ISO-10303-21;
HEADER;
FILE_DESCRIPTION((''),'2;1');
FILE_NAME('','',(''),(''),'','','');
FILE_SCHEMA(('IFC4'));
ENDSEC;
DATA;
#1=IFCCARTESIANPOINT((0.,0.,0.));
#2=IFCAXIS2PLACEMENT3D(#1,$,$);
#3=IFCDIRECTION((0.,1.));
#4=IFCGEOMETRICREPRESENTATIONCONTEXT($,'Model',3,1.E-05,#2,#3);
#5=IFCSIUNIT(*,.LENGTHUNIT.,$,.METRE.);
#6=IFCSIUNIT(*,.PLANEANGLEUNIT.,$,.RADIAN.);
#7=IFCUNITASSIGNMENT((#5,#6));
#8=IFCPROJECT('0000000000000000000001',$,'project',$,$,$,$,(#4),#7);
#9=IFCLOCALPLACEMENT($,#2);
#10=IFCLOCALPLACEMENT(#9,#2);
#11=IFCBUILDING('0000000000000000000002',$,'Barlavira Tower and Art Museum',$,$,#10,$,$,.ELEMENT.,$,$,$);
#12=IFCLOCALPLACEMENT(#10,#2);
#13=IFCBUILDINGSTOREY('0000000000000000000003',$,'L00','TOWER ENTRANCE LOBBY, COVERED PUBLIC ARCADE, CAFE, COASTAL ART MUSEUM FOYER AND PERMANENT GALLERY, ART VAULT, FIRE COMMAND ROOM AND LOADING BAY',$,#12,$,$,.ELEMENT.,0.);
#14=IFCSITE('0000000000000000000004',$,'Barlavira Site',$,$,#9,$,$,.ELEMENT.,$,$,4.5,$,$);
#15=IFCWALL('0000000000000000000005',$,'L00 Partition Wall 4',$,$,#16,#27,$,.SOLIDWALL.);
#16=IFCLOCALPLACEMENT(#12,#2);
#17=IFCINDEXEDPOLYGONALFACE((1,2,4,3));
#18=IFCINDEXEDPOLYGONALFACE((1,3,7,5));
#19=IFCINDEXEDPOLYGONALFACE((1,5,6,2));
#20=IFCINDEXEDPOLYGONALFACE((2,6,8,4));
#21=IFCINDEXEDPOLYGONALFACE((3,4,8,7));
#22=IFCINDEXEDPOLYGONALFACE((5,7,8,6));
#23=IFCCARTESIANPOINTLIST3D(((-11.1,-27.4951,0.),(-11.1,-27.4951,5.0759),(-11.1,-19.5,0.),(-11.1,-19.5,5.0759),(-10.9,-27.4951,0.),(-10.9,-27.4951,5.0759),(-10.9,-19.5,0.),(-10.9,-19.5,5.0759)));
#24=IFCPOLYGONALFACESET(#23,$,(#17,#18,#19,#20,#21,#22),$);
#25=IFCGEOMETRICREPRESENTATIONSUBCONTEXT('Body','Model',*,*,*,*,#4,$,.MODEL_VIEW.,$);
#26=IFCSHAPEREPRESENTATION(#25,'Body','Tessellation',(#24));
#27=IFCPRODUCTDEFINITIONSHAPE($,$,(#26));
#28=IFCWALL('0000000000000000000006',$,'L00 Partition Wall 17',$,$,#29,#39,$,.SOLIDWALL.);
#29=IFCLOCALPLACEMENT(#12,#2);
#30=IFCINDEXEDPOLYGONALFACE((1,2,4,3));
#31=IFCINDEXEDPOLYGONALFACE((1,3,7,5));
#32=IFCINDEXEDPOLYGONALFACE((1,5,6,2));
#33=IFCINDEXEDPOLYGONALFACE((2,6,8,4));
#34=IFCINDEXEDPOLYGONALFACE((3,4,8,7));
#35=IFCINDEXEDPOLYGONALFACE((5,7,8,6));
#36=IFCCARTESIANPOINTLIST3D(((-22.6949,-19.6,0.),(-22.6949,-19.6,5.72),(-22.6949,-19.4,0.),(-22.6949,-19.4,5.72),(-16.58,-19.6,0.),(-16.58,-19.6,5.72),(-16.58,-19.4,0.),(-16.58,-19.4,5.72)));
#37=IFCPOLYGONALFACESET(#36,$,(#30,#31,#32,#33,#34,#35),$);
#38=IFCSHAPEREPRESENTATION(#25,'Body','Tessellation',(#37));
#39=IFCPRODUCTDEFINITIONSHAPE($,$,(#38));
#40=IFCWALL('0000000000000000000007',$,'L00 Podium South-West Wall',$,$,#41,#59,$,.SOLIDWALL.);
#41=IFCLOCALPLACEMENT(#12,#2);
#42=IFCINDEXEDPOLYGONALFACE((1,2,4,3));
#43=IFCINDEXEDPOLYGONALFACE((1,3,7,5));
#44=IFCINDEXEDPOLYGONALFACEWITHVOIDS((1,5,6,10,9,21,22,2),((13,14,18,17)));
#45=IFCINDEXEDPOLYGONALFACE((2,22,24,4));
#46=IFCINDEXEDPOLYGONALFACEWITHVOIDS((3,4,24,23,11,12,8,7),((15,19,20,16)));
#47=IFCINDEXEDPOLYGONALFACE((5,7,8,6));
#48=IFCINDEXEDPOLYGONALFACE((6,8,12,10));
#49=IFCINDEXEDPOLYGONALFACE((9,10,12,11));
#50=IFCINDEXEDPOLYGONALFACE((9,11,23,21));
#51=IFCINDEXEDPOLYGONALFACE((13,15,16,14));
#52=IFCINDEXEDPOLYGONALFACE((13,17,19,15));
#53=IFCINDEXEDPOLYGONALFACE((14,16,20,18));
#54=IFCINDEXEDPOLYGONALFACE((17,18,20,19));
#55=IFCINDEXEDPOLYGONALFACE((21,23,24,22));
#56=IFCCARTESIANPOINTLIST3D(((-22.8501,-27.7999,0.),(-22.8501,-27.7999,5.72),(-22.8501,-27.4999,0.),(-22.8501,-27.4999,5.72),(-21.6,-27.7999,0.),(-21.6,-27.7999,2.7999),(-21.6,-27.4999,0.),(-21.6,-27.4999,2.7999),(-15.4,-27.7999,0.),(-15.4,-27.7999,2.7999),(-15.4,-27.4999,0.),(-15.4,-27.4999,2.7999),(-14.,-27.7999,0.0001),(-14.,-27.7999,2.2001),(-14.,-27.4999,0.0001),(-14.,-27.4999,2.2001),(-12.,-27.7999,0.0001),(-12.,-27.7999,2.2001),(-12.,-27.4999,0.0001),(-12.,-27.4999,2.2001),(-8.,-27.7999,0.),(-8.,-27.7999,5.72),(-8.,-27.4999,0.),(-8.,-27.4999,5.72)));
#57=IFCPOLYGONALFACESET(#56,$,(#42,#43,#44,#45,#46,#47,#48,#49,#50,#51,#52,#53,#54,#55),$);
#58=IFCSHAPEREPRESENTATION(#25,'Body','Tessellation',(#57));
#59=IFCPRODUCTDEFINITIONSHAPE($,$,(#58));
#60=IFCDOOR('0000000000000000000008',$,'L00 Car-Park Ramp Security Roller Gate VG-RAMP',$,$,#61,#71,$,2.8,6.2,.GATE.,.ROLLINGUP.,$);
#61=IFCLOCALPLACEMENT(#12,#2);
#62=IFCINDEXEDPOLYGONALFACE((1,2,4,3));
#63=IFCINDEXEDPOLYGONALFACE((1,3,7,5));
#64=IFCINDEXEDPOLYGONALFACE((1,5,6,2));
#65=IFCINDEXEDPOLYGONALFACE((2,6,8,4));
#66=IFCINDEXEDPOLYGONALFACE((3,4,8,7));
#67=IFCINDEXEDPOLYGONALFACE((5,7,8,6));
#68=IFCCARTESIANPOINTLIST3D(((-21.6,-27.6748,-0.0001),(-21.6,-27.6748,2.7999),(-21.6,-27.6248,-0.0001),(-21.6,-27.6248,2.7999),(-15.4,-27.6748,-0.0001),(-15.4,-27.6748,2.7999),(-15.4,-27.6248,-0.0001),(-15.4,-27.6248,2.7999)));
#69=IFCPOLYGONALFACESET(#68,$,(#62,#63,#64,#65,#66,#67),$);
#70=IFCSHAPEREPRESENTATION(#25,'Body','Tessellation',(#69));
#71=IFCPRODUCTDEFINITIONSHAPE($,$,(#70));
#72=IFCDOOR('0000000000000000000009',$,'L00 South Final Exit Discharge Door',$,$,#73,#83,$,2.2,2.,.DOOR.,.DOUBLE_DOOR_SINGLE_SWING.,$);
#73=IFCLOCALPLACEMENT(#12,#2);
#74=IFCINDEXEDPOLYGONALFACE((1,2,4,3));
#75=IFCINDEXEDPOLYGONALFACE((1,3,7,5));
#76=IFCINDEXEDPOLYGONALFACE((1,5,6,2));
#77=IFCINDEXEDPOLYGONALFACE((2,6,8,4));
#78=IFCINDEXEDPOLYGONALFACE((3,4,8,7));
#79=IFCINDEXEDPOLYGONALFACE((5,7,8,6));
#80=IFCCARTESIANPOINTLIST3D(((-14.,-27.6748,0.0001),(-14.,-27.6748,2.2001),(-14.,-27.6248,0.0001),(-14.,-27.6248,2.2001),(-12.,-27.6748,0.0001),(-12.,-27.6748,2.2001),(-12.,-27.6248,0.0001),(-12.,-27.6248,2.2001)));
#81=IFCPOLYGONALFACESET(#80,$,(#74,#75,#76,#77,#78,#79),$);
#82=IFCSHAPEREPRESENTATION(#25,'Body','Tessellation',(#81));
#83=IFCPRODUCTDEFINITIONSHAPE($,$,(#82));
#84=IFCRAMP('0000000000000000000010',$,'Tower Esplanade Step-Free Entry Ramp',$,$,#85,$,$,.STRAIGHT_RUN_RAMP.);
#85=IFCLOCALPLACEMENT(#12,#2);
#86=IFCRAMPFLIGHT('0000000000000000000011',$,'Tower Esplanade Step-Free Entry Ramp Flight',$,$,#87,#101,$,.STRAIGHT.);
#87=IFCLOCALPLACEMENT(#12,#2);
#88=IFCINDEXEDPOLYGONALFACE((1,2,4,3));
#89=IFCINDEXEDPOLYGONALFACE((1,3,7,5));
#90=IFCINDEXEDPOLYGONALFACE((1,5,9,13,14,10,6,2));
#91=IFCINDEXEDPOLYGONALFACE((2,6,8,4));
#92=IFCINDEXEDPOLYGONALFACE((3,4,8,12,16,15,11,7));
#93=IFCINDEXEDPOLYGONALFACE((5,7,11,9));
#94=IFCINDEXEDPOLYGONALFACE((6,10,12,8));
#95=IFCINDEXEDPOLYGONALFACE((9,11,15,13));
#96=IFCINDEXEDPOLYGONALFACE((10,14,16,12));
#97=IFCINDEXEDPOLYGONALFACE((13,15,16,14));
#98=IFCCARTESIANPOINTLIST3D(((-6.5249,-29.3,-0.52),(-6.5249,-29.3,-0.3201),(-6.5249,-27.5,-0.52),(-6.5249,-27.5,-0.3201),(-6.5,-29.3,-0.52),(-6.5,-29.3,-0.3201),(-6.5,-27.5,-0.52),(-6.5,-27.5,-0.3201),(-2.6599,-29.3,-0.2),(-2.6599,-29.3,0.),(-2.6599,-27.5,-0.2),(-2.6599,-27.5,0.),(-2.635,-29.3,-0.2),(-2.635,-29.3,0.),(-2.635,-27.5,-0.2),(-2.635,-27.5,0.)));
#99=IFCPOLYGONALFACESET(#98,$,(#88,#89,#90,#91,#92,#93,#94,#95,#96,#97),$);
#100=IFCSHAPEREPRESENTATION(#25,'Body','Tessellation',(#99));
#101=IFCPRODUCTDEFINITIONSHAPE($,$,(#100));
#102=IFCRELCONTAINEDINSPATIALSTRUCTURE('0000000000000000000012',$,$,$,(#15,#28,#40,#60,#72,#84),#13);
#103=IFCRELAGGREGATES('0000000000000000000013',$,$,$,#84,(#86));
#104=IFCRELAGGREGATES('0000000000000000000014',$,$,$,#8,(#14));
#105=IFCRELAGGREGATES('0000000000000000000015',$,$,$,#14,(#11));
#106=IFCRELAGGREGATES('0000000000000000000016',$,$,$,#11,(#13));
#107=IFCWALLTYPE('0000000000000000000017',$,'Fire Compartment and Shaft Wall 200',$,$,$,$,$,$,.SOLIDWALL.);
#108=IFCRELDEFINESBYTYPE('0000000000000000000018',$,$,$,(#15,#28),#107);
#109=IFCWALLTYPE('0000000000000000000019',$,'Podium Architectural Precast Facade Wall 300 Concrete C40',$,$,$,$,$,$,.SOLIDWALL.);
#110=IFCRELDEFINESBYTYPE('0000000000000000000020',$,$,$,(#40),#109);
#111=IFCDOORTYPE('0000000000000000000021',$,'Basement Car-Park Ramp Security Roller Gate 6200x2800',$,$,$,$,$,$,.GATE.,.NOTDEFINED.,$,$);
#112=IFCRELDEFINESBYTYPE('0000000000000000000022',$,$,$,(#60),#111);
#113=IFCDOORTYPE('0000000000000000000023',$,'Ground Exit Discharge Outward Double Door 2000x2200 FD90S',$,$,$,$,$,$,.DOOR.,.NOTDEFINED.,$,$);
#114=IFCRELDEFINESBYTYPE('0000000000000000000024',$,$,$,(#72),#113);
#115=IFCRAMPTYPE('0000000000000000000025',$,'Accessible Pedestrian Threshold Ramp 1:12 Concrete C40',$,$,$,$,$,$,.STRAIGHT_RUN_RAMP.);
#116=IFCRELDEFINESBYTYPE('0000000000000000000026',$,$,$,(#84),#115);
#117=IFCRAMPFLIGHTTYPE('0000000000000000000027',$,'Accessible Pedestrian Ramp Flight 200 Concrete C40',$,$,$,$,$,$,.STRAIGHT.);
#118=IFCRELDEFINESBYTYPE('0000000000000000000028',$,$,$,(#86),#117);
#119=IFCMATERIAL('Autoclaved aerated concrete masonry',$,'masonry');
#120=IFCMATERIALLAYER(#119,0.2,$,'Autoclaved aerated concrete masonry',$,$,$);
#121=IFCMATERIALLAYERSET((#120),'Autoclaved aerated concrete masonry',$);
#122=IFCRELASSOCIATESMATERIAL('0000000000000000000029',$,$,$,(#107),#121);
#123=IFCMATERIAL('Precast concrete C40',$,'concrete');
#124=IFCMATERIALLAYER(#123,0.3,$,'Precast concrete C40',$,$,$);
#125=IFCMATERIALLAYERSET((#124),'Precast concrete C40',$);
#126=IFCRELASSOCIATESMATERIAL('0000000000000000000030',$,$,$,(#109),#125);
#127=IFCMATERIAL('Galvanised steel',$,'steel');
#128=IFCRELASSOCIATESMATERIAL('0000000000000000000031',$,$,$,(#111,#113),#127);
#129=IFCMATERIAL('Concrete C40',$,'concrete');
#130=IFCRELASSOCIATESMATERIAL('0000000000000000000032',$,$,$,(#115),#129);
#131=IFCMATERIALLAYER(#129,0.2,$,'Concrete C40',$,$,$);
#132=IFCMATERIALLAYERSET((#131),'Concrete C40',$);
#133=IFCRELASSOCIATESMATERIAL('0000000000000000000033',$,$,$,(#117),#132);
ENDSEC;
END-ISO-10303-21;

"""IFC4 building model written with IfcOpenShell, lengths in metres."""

from ifc_helpers import new_model, si_unit, direction, frame, frame_2d, origin, place, context, subcontext, project, spatial, polyline, rectangle, outline, extrude, material, layer, layer_set, type_object, element, fill, aggregate, save


model = new_model("IFC4")

# Units and contexts
model_context = context("Model", 3, precision=1e-05, world=origin(), true_north=direction((0.0, 1.0)))
body_context = subcontext(model_context, "Body", "Model", "MODEL_VIEW")
ifc_project = project(units=[si_unit("LENGTHUNIT", "METRE"), si_unit("PLANEANGLEUNIT", "RADIAN")], contexts=[model_context])

# Site, building, storey
site_placement = place(None, origin())
site = spatial("IfcSite", under=ifc_project, at=site_placement, Name="Barlavira Site", CompositionType="ELEMENT", RefElevation=4.5)
building_placement = place(site_placement, origin())
building = spatial("IfcBuilding", under=site, at=building_placement, Name="Barlavira Tower and Art Museum", CompositionType="ELEMENT")
storey_placement = place(building_placement, origin())
storey = spatial("IfcBuildingStorey", under=building, at=storey_placement, Name="L00", Description="TOWER ENTRANCE LOBBY, COVERED PUBLIC ARCADE, CAFE, COASTAL ART MUSEUM FOYER AND PERMANENT GALLERY, ART VAULT, FIRE COMMAND ROOM AND LOADING BAY", CompositionType="ELEMENT", Elevation=0.0)

# Walls
ifc_material_1 = material(Name="Autoclaved aerated concrete masonry", Category="masonry")
ifc_layer_1 = layer(ifc_material_1, 0.2, Name="Autoclaved aerated concrete masonry")
ifc_layer_set_1 = layer_set([ifc_layer_1], Name="Autoclaved aerated concrete masonry")
wall_type_1 = type_object("IfcWallType", Name="Fire Compartment and Shaft Wall 200", PredefinedType="SOLIDWALL", material=ifc_layer_set_1)
for number, where, z_axis, x_axis, name in (
    (1, (-11.0, -27.4951, 0.0), (0.0, 0.0, 1.0), (0.0, 1.0, 0.0), "L00 Partition Wall 4"),
):
    element("IfcWall", number, at=place(storey_placement, frame(where, z_axis=z_axis, x_axis=x_axis)), inside=storey, type_object=wall_type_1, Name=name, PredefinedType="SOLIDWALL", context=body_context, shape_type="SweptSolid", body=[
        extrude(rectangle(XDim=7.9951, YDim=0.2, at=frame_2d((3.9976, 0.0))), origin(), (0.0, 0.0, 1.0), 5.0759),
    ])
wall_1_placement = place(storey_placement, frame((-22.6951, -19.5, 0.0), z_axis=(0.0, 0.0, 1.0), x_axis=(1.0, 0.0, 0.0)))
element("IfcWall", 2, at=wall_1_placement, inside=storey, type_object=wall_type_1, Name="L00 Partition Wall 17", PredefinedType="SOLIDWALL", context=body_context, shape_type="SweptSolid", body=[
    extrude(rectangle(XDim=6.115, YDim=0.2, at=frame_2d((3.0576, 0.0))), origin(), (0.0, 0.0, 1.0), 5.72),
])

# Wall, openings, doors
ifc_material_2 = material(Name="Precast concrete C40", Category="concrete")
ifc_layer_2 = layer(ifc_material_2, 0.3, Name="Precast concrete C40")
ifc_layer_set_2 = layer_set([ifc_layer_2], Name="Precast concrete C40")
wall_type_2 = type_object("IfcWallType", Name="Podium Architectural Precast Facade Wall 300 Concrete C40", PredefinedType="SOLIDWALL", material=ifc_layer_set_2)
wall_2_placement = place(storey_placement, frame((-8.0, -27.6499, 0.0), z_axis=(0.0, 0.0, 1.0), x_axis=(-1.0, 0.0, 0.0)))
wall_2 = element("IfcWall", 3, at=wall_2_placement, inside=storey, type_object=wall_type_2, Name="L00 Podium South-West Wall", PredefinedType="SOLIDWALL", context=body_context, shape_type="SweptSolid", body=[
    extrude(rectangle(XDim=14.8501, YDim=0.3, at=frame_2d((7.425, 0.0))), origin(), (0.0, 0.0, 1.0), 5.72),
])
opening_1_placement = place(wall_2_placement, frame((4.0, 0.0, 0.0)))
opening_1 = element("IfcOpeningElement", 4, at=opening_1_placement, cuts=wall_2, PredefinedType="OPENING", context=body_context, shape_type="SweptSolid", body=[
    extrude(rectangle(XDim=2.0, YDim=2.2, at=frame_2d((1.0, 1.1001))), frame((0.0, 0.1602, 0.0), z_axis=(0.0, -1.0, 0.0), x_axis=(1.0, 0.0, 0.0)), (0.0, 0.0, 1.0), 0.3201),
])
opening_2_placement = place(wall_2_placement, frame((7.3999, 0.0, 0.0)))
opening_2 = element("IfcOpeningElement", 5, at=opening_2_placement, cuts=wall_2, PredefinedType="OPENING", context=body_context, shape_type="SweptSolid", body=[
    extrude(rectangle(XDim=6.2, YDim=2.8, at=frame_2d((3.1001, 1.3999))), frame((0.0, 0.1602, 0.0), z_axis=(0.0, -1.0, 0.0), x_axis=(1.0, 0.0, 0.0)), (0.0, 0.0, 1.0), 0.3201),
])
ifc_material_3 = material(Name="Galvanised steel", Category="steel")
door_type_1 = type_object("IfcDoorType", Name="Basement Car-Park Ramp Security Roller Gate 6200x2800", OperationType="NOTDEFINED", PredefinedType="GATE", material=ifc_material_3)
door_1_placement = place(opening_2_placement, origin())
door_1 = element("IfcDoor", 6, at=door_1_placement, inside=storey, type_object=door_type_1, Name="L00 Car-Park Ramp Security Roller Gate VG-RAMP", OperationType="ROLLINGUP", OverallHeight=2.8, OverallWidth=6.2, PredefinedType="GATE", context=body_context, shape_type="SweptSolid", body=[
    extrude(rectangle(XDim=6.2, YDim=2.8, at=frame_2d((3.1001, 1.3999))), frame((0.0, 0.0249, 0.0), z_axis=(0.0, -1.0, 0.0), x_axis=(1.0, 0.0, 0.0)), (0.0, 0.0, 1.0), 0.05),
])
fill(opening_2, door_1)
door_type_2 = type_object("IfcDoorType", Name="Ground Exit Discharge Outward Double Door 2000x2200 FD90S", OperationType="NOTDEFINED", PredefinedType="DOOR", material=ifc_material_3)
door_2_placement = place(opening_1_placement, origin())
door_2 = element("IfcDoor", 7, at=door_2_placement, inside=storey, type_object=door_type_2, Name="L00 South Final Exit Discharge Door", OperationType="DOUBLE_DOOR_SINGLE_SWING", OverallHeight=2.2, OverallWidth=2.0, PredefinedType="DOOR", context=body_context, shape_type="SweptSolid", body=[
    extrude(rectangle(XDim=2.0, YDim=2.2, at=frame_2d((1.0, 1.1001))), frame((0.0, 0.0249, 0.0), z_axis=(0.0, -1.0, 0.0), x_axis=(1.0, 0.0, 0.0)), (0.0, 0.0, 1.0), 0.05),
])
fill(opening_1, door_2)

# Ramp, ramp flight
ifc_material_4 = material(Name="Concrete C40", Category="concrete")
ramp_type = type_object("IfcRampType", Name="Accessible Pedestrian Threshold Ramp 1:12 Concrete C40", PredefinedType="STRAIGHT_RUN_RAMP", material=ifc_material_4)
ramp_placement = place(storey_placement, origin())
ramp = element("IfcRamp", 8, at=ramp_placement, inside=storey, type_object=ramp_type, Name="Tower Esplanade Step-Free Entry Ramp", PredefinedType="STRAIGHT_RUN_RAMP")
ifc_layer_3 = layer(ifc_material_4, 0.2, Name="Concrete C40")
ifc_layer_set_3 = layer_set([ifc_layer_3], Name="Concrete C40")
ramp_flight_type = type_object("IfcRampFlightType", Name="Accessible Pedestrian Ramp Flight 200 Concrete C40", PredefinedType="STRAIGHT", material=ifc_layer_set_3)
ramp_flight_placement = place(storey_placement, frame((-6.5, -28.3999, -0.3201), z_axis=(0.0, 0.0, 1.0), x_axis=(1.0, 0.0, 0.0)))
ramp_flight = element("IfcRampFlight", 9, at=ramp_flight_placement, type_object=ramp_flight_type, Name="Tower Esplanade Step-Free Entry Ramp Flight", PredefinedType="STRAIGHT", context=body_context, shape_type="SweptSolid", body=[
    extrude(outline(polyline([(-0.0249, 0.0), (0.0, 0.0), (3.8401, 0.3201), (3.865, 0.3201), (3.865, 0.1201), (3.8401, 0.1201), (0.0, -0.2), (-0.0249, -0.2), (-0.0249, 0.0)])), frame((0.0, 0.8999, 0.0), z_axis=(0.0, -1.0, 0.0), x_axis=(1.0, 0.0, 0.0)), (0.0, 0.0, 1.0), 1.8),
])
aggregate(ramp, [ramp_flight])

save(model, "model.ifc")
